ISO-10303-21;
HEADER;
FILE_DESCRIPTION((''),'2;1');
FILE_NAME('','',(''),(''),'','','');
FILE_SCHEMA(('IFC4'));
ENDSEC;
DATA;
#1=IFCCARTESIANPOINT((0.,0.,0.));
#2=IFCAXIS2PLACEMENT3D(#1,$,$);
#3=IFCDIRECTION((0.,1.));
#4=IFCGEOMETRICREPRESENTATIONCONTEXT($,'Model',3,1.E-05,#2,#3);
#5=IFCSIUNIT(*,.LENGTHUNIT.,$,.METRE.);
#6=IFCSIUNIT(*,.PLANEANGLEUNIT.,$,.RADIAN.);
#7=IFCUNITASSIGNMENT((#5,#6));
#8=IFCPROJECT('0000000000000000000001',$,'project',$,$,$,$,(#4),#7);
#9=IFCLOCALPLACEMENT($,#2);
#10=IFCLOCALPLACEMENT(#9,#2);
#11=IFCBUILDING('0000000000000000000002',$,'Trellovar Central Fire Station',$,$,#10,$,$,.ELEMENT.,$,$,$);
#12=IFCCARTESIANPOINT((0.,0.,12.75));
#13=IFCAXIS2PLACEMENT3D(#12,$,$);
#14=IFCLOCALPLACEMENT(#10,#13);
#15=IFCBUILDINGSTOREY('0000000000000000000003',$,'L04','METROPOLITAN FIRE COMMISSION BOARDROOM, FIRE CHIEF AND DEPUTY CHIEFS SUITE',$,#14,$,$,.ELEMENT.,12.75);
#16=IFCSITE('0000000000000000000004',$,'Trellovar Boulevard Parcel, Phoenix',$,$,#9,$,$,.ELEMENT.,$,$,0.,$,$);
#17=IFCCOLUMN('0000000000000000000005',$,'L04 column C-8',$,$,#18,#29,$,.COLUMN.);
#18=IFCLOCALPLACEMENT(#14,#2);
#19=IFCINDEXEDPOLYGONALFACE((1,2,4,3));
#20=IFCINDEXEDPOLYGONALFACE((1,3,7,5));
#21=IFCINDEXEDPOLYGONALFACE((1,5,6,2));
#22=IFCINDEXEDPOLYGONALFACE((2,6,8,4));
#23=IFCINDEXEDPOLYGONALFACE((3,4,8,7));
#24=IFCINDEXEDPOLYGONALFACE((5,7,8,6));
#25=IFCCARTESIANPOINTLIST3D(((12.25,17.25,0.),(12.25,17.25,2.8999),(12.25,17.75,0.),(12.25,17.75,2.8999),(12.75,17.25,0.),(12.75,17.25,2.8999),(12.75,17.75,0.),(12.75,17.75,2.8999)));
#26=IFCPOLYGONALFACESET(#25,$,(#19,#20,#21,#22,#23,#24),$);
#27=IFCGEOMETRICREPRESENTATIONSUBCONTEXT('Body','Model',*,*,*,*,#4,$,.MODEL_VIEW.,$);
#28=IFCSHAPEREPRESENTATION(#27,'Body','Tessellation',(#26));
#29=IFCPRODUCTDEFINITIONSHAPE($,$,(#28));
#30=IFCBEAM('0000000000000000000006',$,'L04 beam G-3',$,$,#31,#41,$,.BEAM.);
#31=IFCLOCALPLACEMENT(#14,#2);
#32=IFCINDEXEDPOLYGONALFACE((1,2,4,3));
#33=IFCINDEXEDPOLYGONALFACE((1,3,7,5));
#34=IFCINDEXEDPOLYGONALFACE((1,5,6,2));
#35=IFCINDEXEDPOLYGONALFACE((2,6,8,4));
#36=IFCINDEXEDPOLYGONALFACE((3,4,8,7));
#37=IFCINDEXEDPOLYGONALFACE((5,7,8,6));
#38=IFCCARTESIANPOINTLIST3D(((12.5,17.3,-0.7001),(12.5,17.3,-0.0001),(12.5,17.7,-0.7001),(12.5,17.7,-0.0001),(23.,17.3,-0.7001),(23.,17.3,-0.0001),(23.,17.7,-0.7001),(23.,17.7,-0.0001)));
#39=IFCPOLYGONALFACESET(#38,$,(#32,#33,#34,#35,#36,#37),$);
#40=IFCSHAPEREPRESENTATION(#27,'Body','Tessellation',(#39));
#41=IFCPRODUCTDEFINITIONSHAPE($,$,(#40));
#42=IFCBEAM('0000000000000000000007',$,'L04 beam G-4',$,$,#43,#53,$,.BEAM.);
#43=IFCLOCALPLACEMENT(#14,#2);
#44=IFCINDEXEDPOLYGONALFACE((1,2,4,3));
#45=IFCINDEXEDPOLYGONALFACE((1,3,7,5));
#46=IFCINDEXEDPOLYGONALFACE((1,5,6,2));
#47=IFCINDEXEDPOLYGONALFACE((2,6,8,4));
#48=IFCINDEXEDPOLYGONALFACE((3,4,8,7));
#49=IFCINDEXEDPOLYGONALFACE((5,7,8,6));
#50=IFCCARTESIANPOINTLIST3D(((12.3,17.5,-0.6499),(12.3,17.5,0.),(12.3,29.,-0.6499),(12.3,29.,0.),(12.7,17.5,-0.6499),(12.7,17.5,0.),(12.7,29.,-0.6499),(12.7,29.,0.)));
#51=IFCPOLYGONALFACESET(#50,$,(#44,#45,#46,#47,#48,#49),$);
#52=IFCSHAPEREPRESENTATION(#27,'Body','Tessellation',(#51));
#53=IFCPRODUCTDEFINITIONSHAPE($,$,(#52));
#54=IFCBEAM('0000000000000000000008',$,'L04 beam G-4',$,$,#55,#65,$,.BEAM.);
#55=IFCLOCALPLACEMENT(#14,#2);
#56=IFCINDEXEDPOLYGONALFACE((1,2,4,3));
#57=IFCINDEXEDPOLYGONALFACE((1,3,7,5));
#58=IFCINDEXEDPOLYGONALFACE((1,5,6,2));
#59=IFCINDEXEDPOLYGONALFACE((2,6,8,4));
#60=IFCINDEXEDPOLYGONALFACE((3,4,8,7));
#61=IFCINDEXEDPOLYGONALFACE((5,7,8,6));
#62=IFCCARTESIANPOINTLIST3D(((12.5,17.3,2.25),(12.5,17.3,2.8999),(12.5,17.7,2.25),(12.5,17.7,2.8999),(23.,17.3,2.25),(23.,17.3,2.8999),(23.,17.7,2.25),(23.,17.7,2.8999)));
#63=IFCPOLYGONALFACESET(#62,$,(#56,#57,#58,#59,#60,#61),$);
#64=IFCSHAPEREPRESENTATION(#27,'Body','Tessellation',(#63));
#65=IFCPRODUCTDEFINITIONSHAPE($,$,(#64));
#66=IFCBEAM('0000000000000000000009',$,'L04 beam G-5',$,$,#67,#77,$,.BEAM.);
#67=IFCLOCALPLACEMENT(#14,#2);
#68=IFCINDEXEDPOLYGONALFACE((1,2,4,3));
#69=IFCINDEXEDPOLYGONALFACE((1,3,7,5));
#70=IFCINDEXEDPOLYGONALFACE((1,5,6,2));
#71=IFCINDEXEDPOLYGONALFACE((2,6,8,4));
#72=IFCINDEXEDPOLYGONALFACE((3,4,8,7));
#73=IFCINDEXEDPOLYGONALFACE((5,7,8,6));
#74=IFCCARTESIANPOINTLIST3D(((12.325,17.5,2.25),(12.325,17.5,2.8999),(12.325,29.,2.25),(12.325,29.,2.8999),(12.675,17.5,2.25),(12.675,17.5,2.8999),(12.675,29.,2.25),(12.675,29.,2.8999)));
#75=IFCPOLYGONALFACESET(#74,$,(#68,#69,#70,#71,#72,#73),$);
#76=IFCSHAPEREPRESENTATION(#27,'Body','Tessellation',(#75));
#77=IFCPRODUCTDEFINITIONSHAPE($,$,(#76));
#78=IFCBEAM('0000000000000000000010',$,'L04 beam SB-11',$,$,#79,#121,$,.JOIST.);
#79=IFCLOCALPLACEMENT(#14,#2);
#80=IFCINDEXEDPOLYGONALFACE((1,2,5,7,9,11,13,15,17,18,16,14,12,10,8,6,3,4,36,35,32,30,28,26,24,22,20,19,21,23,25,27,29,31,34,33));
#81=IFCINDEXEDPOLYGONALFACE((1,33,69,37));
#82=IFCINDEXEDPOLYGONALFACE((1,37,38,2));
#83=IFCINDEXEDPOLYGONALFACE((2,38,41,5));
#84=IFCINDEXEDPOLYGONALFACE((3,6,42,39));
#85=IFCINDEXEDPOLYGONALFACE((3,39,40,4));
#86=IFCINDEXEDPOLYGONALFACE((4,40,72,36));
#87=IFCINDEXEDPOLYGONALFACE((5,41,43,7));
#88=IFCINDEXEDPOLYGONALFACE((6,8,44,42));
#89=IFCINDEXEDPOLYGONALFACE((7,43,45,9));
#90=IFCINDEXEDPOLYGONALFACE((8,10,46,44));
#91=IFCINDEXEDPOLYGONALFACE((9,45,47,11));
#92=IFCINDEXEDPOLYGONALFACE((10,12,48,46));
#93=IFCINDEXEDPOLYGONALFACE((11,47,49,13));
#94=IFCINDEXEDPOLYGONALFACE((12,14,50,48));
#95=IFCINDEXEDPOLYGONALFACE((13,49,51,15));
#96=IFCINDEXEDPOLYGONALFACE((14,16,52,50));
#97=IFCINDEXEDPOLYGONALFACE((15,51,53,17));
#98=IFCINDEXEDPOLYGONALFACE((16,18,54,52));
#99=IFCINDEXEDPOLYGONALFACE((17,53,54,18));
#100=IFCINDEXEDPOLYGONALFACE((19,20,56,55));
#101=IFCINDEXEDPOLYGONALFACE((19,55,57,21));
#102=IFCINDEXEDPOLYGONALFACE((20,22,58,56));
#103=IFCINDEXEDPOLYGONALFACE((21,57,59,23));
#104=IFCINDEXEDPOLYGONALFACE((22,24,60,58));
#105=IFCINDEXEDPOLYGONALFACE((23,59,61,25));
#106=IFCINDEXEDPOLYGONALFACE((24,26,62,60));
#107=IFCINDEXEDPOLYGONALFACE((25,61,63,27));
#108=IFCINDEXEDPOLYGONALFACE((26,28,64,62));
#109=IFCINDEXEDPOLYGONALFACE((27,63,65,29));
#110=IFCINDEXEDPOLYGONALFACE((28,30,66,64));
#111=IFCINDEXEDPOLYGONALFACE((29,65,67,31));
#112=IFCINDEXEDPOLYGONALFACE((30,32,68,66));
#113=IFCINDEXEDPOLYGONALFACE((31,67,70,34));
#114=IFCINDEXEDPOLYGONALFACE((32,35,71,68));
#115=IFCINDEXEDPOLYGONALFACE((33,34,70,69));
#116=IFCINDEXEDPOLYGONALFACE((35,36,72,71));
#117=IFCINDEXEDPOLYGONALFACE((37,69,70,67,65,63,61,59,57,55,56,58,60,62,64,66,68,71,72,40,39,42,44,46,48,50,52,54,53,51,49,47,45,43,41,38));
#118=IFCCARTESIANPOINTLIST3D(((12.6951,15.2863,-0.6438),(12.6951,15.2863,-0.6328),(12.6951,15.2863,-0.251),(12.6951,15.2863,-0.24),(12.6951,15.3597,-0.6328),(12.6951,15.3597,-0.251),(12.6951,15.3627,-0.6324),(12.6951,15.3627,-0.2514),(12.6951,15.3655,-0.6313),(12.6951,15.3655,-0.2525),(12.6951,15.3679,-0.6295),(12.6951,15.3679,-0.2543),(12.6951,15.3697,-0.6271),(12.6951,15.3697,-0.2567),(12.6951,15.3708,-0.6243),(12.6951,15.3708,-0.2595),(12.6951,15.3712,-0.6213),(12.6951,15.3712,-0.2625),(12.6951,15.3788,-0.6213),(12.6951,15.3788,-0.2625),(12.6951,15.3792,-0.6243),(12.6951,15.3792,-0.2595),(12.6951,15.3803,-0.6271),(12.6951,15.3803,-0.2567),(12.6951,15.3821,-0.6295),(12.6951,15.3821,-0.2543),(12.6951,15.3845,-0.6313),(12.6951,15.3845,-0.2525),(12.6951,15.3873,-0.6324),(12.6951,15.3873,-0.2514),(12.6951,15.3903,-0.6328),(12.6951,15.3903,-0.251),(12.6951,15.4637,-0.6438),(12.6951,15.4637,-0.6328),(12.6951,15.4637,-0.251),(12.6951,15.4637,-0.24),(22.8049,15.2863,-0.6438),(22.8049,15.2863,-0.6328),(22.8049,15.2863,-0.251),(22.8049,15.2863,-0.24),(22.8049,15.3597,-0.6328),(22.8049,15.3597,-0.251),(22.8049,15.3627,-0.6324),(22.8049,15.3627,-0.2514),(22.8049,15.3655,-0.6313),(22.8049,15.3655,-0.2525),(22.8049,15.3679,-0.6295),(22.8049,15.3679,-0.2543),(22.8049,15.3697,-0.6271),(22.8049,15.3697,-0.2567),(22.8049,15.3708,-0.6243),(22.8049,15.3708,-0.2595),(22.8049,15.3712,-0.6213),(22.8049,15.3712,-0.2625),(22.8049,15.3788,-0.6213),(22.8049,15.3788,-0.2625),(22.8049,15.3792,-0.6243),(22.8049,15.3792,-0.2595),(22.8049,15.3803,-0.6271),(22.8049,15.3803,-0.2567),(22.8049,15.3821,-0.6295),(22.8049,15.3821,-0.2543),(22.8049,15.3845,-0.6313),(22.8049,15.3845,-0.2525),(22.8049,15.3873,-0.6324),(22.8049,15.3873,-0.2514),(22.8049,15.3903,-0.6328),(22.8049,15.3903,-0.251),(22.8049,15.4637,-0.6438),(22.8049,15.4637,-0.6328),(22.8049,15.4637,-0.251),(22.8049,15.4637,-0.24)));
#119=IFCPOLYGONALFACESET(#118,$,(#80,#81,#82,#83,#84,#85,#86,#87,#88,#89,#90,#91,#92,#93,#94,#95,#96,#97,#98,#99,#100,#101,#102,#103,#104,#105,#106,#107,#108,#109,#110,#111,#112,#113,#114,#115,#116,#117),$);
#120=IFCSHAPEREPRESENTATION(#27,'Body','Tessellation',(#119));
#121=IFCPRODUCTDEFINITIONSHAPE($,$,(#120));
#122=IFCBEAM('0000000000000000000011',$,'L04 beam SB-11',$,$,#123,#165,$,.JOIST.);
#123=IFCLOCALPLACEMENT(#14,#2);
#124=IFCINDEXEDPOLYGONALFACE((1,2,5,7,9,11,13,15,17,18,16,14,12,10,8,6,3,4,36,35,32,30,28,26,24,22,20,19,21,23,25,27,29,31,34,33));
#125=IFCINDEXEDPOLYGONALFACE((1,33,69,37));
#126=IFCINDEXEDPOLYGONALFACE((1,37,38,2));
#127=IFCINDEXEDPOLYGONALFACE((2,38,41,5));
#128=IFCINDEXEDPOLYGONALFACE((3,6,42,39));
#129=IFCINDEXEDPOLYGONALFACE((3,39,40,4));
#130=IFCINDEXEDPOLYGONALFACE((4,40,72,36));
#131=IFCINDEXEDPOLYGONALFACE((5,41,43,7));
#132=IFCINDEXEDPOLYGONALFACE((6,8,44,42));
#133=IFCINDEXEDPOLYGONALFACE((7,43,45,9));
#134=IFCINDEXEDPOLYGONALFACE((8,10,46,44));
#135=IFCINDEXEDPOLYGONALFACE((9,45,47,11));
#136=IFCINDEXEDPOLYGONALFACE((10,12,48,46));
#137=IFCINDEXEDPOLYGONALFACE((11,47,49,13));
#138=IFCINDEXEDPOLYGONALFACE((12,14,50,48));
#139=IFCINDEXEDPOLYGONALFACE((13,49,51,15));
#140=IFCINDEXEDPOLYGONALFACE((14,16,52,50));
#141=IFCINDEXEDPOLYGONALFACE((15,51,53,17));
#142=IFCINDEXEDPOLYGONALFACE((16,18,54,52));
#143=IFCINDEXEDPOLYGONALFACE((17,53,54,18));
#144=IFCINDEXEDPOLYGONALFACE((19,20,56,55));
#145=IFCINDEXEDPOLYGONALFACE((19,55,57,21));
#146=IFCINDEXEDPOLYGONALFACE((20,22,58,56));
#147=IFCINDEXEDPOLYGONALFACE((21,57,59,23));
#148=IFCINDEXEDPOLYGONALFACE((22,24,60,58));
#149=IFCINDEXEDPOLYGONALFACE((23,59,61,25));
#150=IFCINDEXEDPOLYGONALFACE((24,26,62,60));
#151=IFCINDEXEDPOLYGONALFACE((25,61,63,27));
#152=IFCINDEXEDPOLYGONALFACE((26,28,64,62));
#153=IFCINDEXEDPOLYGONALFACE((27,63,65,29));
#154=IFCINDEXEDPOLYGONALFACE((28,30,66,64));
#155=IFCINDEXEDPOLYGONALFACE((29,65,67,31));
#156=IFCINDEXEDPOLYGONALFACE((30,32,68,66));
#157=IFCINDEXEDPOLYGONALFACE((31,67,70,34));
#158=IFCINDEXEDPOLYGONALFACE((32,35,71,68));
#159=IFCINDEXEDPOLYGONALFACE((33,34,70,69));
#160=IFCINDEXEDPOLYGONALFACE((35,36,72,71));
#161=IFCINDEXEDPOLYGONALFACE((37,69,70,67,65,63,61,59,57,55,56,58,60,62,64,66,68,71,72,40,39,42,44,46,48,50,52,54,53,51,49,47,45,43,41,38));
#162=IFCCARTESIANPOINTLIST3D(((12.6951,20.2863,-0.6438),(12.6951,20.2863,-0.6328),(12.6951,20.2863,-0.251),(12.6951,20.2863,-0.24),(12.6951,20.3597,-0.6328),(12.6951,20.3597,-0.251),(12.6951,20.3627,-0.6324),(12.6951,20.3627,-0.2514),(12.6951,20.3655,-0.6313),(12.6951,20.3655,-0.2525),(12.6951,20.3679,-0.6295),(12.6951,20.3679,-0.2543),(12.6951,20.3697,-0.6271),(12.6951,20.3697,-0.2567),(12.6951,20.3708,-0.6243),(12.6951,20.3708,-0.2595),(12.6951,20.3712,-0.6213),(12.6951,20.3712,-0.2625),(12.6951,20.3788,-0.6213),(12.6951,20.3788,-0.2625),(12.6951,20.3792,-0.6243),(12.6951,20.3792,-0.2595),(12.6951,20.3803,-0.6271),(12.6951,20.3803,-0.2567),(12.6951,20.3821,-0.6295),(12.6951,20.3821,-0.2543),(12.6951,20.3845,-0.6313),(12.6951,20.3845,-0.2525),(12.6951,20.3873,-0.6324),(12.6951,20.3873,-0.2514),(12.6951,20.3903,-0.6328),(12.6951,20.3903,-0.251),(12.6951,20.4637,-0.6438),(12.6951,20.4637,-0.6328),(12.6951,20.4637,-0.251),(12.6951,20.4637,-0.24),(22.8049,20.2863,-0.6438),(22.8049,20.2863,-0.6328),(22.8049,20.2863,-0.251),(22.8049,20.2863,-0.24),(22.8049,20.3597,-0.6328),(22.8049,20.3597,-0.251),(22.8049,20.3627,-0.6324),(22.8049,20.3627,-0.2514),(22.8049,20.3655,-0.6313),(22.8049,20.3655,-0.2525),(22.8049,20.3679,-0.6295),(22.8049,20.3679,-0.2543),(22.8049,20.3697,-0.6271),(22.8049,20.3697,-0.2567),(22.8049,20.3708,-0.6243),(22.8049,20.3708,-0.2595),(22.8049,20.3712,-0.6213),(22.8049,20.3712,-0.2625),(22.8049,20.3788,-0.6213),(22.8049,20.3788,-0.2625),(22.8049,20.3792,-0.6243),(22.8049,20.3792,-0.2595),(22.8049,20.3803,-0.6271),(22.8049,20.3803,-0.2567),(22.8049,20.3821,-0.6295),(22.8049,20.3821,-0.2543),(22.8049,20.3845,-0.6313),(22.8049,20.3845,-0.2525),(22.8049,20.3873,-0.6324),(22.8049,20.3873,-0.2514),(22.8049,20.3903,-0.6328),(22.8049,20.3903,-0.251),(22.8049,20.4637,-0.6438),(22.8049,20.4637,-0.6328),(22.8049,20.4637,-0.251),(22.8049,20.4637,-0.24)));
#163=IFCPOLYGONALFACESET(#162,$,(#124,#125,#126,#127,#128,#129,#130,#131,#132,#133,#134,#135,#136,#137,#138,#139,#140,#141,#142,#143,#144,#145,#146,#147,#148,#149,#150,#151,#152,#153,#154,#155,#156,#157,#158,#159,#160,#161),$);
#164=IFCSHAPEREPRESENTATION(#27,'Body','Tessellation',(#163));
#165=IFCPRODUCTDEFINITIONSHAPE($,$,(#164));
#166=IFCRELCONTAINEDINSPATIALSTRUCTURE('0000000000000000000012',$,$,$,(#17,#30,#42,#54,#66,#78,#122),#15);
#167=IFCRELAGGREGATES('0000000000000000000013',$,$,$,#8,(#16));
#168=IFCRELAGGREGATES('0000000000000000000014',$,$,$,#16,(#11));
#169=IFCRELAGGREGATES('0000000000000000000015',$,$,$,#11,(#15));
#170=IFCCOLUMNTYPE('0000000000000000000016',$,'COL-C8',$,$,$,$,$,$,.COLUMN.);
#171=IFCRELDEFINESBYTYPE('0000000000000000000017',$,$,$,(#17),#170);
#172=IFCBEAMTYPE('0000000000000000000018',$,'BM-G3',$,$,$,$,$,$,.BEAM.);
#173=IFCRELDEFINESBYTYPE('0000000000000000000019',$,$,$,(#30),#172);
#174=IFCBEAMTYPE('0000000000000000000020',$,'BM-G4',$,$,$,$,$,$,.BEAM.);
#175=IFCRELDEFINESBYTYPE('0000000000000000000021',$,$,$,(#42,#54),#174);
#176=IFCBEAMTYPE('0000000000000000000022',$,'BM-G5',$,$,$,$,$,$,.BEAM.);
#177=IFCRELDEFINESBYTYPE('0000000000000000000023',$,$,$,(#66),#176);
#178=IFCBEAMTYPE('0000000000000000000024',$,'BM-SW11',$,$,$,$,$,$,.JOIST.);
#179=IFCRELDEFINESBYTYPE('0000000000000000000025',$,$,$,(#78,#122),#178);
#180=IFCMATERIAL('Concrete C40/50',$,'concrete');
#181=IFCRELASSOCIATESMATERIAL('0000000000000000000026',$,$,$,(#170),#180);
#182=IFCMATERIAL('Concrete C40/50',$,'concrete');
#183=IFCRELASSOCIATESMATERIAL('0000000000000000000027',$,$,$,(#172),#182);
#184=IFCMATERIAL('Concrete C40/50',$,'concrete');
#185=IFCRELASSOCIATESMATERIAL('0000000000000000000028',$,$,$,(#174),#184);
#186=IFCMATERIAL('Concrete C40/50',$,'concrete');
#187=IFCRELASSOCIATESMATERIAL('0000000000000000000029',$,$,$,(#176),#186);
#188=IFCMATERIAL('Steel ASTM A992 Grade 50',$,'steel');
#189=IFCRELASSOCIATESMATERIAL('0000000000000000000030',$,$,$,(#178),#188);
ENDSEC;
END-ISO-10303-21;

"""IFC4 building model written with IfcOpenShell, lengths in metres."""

from ifc_helpers import new_model, si_unit, direction, frame, origin, origin_2d, place, context, subcontext, project, spatial, rectangle, i_section, extrude, material, material_profile, profile_set, type_object, element, save


model = new_model("IFC4")

# Units and contexts
model_context = context("Model", 3, precision=1e-05, world=origin(), true_north=direction((0.0, 1.0)))
body_context = subcontext(model_context, "Body", "Model", "MODEL_VIEW")
ifc_project = project(units=[si_unit("LENGTHUNIT", "METRE"), si_unit("PLANEANGLEUNIT", "RADIAN")], contexts=[model_context])

# Site, building, storey
site_placement = place(None, origin())
site = spatial("IfcSite", under=ifc_project, at=site_placement, Name="Trellovar Boulevard Parcel, Phoenix", CompositionType="ELEMENT", RefElevation=0.0)
building_placement = place(site_placement, origin())
building = spatial("IfcBuilding", under=site, at=building_placement, Name="Trellovar Central Fire Station", CompositionType="ELEMENT")
storey_placement = place(building_placement, frame((0.0, 0.0, 12.75)))
storey = spatial("IfcBuildingStorey", under=building, at=storey_placement, Name="L04", Description="METROPOLITAN FIRE COMMISSION BOARDROOM, FIRE CHIEF AND DEPUTY CHIEFS SUITE", CompositionType="ELEMENT", Elevation=12.75)

# Column
ifc_material_1 = material(Name="Concrete C40/50", Category="concrete")
ifc_material_profile_1 = material_profile(ifc_material_1, rectangle(XDim=0.5, YDim=0.5, at=origin_2d()), Name="RC500X500")
ifc_profile_set_1 = profile_set([ifc_material_profile_1], Name="Concrete C40/50")
column_type = type_object("IfcColumnType", Name="COL-C8", PredefinedType="COLUMN", material=ifc_profile_set_1)
column_placement = place(storey_placement, frame((12.5, 17.5, 0.0), z_axis=(0.0, 0.0, 1.0), x_axis=(1.0, 0.0, 0.0)))
element("IfcColumn", 1, at=column_placement, inside=storey, type_object=column_type, Name="L04 column C-8", PredefinedType="COLUMN", context=body_context, shape_type="SweptSolid", body=[
    extrude(rectangle(XDim=0.5, YDim=0.5, at=origin_2d()), origin(), (0.0, 0.0, 1.0), 2.8999),
])

# Beams
ifc_material_2 = material(Name="Concrete C40/50", Category="concrete")
ifc_material_profile_2 = material_profile(ifc_material_2, rectangle(XDim=0.3999, YDim=0.7, at=origin_2d()), Name="RC400X700")
ifc_profile_set_2 = profile_set([ifc_material_profile_2], Name="Concrete C40/50")
beam_type_1 = type_object("IfcBeamType", Name="BM-G3", PredefinedType="BEAM", material=ifc_profile_set_2)
beam_1_placement = place(storey_placement, frame((12.5, 17.5, -0.3501), z_axis=(1.0, 0.0, 0.0), x_axis=(0.0, 1.0, 0.0)))
element("IfcBeam", 2, at=beam_1_placement, inside=storey, type_object=beam_type_1, Name="L04 beam G-3", PredefinedType="BEAM", context=body_context, shape_type="SweptSolid", body=[
    extrude(rectangle(XDim=0.3999, YDim=0.7, at=origin_2d()), origin(), (0.0, 0.0, 1.0), 10.5),
])
ifc_material_3 = material(Name="Concrete C40/50", Category="concrete")
ifc_material_profile_3 = material_profile(ifc_material_3, rectangle(XDim=0.3999, YDim=0.6499, at=origin_2d()), Name="RC400X650")
ifc_profile_set_3 = profile_set([ifc_material_profile_3], Name="Concrete C40/50")
beam_type_2 = type_object("IfcBeamType", Name="BM-G4", PredefinedType="BEAM", material=ifc_profile_set_3)
beam_2_placement = place(storey_placement, frame((12.5, 17.5, -0.325), z_axis=(0.0, 1.0, 0.0), x_axis=(-1.0, 0.0, 0.0)))
element("IfcBeam", 3, at=beam_2_placement, inside=storey, type_object=beam_type_2, Name="L04 beam G-4", PredefinedType="BEAM", context=body_context, shape_type="SweptSolid", body=[
    extrude(rectangle(XDim=0.3999, YDim=0.6499, at=origin_2d()), origin(), (0.0, 0.0, 1.0), 11.5),
])
beam_3_placement = place(storey_placement, frame((12.5, 17.5, 2.575), z_axis=(1.0, 0.0, 0.0), x_axis=(0.0, 1.0, 0.0)))
element("IfcBeam", 4, at=beam_3_placement, inside=storey, type_object=beam_type_2, Name="L04 beam G-4", PredefinedType="BEAM", context=body_context, shape_type="SweptSolid", body=[
    extrude(rectangle(XDim=0.3999, YDim=0.6499, at=origin_2d()), origin(), (0.0, 0.0, 1.0), 10.5),
])
ifc_material_4 = material(Name="Concrete C40/50", Category="concrete")
ifc_material_profile_4 = material_profile(ifc_material_4, rectangle(XDim=0.3501, YDim=0.6499, at=origin_2d()), Name="RC350X650")
ifc_profile_set_4 = profile_set([ifc_material_profile_4], Name="Concrete C40/50")
beam_type_3 = type_object("IfcBeamType", Name="BM-G5", PredefinedType="BEAM", material=ifc_profile_set_4)
beam_4_placement = place(storey_placement, frame((12.5, 17.5, 2.575), z_axis=(0.0, 1.0, 0.0), x_axis=(-1.0, 0.0, 0.0)))
element("IfcBeam", 5, at=beam_4_placement, inside=storey, type_object=beam_type_3, Name="L04 beam G-5", PredefinedType="BEAM", context=body_context, shape_type="SweptSolid", body=[
    extrude(rectangle(XDim=0.3501, YDim=0.6499, at=origin_2d()), origin(), (0.0, 0.0, 1.0), 11.5),
])
ifc_material_5 = material(Name="Steel ASTM A992 Grade 50", Category="steel")
ifc_material_profile_5 = material_profile(ifc_material_5, i_section(OverallWidth=0.1775, OverallDepth=0.4038, WebThickness=0.0076, FlangeThickness=0.011, FilletRadius=0.0115, at=origin_2d()), Name="W16X36")
ifc_profile_set_5 = profile_set([ifc_material_profile_5], Name="Steel ASTM A992 Grade 50")
beam_type_4 = type_object("IfcBeamType", Name="BM-SW11", PredefinedType="JOIST", material=ifc_profile_set_5)
for number, where, z_axis, x_axis, name in (
    (6, (12.6951, 15.375, -0.4419), (1.0, 0.0, 0.0), (0.0, 1.0, 0.0), "L04 beam SB-11"),
    (7, (12.6951, 20.375, -0.4419), (1.0, 0.0, 0.0), (0.0, 1.0, 0.0), "L04 beam SB-11"),
):
    element("IfcBeam", number, at=place(storey_placement, frame(where, z_axis=z_axis, x_axis=x_axis)), inside=storey, type_object=beam_type_4, Name=name, PredefinedType="JOIST", context=body_context, shape_type="SweptSolid", body=[
        extrude(i_section(OverallWidth=0.1775, OverallDepth=0.4038, WebThickness=0.0076, FlangeThickness=0.011, FilletRadius=0.0115, at=origin_2d()), origin(), (0.0, 0.0, 1.0), 10.1099),
    ])

save(model, "model.ifc")
